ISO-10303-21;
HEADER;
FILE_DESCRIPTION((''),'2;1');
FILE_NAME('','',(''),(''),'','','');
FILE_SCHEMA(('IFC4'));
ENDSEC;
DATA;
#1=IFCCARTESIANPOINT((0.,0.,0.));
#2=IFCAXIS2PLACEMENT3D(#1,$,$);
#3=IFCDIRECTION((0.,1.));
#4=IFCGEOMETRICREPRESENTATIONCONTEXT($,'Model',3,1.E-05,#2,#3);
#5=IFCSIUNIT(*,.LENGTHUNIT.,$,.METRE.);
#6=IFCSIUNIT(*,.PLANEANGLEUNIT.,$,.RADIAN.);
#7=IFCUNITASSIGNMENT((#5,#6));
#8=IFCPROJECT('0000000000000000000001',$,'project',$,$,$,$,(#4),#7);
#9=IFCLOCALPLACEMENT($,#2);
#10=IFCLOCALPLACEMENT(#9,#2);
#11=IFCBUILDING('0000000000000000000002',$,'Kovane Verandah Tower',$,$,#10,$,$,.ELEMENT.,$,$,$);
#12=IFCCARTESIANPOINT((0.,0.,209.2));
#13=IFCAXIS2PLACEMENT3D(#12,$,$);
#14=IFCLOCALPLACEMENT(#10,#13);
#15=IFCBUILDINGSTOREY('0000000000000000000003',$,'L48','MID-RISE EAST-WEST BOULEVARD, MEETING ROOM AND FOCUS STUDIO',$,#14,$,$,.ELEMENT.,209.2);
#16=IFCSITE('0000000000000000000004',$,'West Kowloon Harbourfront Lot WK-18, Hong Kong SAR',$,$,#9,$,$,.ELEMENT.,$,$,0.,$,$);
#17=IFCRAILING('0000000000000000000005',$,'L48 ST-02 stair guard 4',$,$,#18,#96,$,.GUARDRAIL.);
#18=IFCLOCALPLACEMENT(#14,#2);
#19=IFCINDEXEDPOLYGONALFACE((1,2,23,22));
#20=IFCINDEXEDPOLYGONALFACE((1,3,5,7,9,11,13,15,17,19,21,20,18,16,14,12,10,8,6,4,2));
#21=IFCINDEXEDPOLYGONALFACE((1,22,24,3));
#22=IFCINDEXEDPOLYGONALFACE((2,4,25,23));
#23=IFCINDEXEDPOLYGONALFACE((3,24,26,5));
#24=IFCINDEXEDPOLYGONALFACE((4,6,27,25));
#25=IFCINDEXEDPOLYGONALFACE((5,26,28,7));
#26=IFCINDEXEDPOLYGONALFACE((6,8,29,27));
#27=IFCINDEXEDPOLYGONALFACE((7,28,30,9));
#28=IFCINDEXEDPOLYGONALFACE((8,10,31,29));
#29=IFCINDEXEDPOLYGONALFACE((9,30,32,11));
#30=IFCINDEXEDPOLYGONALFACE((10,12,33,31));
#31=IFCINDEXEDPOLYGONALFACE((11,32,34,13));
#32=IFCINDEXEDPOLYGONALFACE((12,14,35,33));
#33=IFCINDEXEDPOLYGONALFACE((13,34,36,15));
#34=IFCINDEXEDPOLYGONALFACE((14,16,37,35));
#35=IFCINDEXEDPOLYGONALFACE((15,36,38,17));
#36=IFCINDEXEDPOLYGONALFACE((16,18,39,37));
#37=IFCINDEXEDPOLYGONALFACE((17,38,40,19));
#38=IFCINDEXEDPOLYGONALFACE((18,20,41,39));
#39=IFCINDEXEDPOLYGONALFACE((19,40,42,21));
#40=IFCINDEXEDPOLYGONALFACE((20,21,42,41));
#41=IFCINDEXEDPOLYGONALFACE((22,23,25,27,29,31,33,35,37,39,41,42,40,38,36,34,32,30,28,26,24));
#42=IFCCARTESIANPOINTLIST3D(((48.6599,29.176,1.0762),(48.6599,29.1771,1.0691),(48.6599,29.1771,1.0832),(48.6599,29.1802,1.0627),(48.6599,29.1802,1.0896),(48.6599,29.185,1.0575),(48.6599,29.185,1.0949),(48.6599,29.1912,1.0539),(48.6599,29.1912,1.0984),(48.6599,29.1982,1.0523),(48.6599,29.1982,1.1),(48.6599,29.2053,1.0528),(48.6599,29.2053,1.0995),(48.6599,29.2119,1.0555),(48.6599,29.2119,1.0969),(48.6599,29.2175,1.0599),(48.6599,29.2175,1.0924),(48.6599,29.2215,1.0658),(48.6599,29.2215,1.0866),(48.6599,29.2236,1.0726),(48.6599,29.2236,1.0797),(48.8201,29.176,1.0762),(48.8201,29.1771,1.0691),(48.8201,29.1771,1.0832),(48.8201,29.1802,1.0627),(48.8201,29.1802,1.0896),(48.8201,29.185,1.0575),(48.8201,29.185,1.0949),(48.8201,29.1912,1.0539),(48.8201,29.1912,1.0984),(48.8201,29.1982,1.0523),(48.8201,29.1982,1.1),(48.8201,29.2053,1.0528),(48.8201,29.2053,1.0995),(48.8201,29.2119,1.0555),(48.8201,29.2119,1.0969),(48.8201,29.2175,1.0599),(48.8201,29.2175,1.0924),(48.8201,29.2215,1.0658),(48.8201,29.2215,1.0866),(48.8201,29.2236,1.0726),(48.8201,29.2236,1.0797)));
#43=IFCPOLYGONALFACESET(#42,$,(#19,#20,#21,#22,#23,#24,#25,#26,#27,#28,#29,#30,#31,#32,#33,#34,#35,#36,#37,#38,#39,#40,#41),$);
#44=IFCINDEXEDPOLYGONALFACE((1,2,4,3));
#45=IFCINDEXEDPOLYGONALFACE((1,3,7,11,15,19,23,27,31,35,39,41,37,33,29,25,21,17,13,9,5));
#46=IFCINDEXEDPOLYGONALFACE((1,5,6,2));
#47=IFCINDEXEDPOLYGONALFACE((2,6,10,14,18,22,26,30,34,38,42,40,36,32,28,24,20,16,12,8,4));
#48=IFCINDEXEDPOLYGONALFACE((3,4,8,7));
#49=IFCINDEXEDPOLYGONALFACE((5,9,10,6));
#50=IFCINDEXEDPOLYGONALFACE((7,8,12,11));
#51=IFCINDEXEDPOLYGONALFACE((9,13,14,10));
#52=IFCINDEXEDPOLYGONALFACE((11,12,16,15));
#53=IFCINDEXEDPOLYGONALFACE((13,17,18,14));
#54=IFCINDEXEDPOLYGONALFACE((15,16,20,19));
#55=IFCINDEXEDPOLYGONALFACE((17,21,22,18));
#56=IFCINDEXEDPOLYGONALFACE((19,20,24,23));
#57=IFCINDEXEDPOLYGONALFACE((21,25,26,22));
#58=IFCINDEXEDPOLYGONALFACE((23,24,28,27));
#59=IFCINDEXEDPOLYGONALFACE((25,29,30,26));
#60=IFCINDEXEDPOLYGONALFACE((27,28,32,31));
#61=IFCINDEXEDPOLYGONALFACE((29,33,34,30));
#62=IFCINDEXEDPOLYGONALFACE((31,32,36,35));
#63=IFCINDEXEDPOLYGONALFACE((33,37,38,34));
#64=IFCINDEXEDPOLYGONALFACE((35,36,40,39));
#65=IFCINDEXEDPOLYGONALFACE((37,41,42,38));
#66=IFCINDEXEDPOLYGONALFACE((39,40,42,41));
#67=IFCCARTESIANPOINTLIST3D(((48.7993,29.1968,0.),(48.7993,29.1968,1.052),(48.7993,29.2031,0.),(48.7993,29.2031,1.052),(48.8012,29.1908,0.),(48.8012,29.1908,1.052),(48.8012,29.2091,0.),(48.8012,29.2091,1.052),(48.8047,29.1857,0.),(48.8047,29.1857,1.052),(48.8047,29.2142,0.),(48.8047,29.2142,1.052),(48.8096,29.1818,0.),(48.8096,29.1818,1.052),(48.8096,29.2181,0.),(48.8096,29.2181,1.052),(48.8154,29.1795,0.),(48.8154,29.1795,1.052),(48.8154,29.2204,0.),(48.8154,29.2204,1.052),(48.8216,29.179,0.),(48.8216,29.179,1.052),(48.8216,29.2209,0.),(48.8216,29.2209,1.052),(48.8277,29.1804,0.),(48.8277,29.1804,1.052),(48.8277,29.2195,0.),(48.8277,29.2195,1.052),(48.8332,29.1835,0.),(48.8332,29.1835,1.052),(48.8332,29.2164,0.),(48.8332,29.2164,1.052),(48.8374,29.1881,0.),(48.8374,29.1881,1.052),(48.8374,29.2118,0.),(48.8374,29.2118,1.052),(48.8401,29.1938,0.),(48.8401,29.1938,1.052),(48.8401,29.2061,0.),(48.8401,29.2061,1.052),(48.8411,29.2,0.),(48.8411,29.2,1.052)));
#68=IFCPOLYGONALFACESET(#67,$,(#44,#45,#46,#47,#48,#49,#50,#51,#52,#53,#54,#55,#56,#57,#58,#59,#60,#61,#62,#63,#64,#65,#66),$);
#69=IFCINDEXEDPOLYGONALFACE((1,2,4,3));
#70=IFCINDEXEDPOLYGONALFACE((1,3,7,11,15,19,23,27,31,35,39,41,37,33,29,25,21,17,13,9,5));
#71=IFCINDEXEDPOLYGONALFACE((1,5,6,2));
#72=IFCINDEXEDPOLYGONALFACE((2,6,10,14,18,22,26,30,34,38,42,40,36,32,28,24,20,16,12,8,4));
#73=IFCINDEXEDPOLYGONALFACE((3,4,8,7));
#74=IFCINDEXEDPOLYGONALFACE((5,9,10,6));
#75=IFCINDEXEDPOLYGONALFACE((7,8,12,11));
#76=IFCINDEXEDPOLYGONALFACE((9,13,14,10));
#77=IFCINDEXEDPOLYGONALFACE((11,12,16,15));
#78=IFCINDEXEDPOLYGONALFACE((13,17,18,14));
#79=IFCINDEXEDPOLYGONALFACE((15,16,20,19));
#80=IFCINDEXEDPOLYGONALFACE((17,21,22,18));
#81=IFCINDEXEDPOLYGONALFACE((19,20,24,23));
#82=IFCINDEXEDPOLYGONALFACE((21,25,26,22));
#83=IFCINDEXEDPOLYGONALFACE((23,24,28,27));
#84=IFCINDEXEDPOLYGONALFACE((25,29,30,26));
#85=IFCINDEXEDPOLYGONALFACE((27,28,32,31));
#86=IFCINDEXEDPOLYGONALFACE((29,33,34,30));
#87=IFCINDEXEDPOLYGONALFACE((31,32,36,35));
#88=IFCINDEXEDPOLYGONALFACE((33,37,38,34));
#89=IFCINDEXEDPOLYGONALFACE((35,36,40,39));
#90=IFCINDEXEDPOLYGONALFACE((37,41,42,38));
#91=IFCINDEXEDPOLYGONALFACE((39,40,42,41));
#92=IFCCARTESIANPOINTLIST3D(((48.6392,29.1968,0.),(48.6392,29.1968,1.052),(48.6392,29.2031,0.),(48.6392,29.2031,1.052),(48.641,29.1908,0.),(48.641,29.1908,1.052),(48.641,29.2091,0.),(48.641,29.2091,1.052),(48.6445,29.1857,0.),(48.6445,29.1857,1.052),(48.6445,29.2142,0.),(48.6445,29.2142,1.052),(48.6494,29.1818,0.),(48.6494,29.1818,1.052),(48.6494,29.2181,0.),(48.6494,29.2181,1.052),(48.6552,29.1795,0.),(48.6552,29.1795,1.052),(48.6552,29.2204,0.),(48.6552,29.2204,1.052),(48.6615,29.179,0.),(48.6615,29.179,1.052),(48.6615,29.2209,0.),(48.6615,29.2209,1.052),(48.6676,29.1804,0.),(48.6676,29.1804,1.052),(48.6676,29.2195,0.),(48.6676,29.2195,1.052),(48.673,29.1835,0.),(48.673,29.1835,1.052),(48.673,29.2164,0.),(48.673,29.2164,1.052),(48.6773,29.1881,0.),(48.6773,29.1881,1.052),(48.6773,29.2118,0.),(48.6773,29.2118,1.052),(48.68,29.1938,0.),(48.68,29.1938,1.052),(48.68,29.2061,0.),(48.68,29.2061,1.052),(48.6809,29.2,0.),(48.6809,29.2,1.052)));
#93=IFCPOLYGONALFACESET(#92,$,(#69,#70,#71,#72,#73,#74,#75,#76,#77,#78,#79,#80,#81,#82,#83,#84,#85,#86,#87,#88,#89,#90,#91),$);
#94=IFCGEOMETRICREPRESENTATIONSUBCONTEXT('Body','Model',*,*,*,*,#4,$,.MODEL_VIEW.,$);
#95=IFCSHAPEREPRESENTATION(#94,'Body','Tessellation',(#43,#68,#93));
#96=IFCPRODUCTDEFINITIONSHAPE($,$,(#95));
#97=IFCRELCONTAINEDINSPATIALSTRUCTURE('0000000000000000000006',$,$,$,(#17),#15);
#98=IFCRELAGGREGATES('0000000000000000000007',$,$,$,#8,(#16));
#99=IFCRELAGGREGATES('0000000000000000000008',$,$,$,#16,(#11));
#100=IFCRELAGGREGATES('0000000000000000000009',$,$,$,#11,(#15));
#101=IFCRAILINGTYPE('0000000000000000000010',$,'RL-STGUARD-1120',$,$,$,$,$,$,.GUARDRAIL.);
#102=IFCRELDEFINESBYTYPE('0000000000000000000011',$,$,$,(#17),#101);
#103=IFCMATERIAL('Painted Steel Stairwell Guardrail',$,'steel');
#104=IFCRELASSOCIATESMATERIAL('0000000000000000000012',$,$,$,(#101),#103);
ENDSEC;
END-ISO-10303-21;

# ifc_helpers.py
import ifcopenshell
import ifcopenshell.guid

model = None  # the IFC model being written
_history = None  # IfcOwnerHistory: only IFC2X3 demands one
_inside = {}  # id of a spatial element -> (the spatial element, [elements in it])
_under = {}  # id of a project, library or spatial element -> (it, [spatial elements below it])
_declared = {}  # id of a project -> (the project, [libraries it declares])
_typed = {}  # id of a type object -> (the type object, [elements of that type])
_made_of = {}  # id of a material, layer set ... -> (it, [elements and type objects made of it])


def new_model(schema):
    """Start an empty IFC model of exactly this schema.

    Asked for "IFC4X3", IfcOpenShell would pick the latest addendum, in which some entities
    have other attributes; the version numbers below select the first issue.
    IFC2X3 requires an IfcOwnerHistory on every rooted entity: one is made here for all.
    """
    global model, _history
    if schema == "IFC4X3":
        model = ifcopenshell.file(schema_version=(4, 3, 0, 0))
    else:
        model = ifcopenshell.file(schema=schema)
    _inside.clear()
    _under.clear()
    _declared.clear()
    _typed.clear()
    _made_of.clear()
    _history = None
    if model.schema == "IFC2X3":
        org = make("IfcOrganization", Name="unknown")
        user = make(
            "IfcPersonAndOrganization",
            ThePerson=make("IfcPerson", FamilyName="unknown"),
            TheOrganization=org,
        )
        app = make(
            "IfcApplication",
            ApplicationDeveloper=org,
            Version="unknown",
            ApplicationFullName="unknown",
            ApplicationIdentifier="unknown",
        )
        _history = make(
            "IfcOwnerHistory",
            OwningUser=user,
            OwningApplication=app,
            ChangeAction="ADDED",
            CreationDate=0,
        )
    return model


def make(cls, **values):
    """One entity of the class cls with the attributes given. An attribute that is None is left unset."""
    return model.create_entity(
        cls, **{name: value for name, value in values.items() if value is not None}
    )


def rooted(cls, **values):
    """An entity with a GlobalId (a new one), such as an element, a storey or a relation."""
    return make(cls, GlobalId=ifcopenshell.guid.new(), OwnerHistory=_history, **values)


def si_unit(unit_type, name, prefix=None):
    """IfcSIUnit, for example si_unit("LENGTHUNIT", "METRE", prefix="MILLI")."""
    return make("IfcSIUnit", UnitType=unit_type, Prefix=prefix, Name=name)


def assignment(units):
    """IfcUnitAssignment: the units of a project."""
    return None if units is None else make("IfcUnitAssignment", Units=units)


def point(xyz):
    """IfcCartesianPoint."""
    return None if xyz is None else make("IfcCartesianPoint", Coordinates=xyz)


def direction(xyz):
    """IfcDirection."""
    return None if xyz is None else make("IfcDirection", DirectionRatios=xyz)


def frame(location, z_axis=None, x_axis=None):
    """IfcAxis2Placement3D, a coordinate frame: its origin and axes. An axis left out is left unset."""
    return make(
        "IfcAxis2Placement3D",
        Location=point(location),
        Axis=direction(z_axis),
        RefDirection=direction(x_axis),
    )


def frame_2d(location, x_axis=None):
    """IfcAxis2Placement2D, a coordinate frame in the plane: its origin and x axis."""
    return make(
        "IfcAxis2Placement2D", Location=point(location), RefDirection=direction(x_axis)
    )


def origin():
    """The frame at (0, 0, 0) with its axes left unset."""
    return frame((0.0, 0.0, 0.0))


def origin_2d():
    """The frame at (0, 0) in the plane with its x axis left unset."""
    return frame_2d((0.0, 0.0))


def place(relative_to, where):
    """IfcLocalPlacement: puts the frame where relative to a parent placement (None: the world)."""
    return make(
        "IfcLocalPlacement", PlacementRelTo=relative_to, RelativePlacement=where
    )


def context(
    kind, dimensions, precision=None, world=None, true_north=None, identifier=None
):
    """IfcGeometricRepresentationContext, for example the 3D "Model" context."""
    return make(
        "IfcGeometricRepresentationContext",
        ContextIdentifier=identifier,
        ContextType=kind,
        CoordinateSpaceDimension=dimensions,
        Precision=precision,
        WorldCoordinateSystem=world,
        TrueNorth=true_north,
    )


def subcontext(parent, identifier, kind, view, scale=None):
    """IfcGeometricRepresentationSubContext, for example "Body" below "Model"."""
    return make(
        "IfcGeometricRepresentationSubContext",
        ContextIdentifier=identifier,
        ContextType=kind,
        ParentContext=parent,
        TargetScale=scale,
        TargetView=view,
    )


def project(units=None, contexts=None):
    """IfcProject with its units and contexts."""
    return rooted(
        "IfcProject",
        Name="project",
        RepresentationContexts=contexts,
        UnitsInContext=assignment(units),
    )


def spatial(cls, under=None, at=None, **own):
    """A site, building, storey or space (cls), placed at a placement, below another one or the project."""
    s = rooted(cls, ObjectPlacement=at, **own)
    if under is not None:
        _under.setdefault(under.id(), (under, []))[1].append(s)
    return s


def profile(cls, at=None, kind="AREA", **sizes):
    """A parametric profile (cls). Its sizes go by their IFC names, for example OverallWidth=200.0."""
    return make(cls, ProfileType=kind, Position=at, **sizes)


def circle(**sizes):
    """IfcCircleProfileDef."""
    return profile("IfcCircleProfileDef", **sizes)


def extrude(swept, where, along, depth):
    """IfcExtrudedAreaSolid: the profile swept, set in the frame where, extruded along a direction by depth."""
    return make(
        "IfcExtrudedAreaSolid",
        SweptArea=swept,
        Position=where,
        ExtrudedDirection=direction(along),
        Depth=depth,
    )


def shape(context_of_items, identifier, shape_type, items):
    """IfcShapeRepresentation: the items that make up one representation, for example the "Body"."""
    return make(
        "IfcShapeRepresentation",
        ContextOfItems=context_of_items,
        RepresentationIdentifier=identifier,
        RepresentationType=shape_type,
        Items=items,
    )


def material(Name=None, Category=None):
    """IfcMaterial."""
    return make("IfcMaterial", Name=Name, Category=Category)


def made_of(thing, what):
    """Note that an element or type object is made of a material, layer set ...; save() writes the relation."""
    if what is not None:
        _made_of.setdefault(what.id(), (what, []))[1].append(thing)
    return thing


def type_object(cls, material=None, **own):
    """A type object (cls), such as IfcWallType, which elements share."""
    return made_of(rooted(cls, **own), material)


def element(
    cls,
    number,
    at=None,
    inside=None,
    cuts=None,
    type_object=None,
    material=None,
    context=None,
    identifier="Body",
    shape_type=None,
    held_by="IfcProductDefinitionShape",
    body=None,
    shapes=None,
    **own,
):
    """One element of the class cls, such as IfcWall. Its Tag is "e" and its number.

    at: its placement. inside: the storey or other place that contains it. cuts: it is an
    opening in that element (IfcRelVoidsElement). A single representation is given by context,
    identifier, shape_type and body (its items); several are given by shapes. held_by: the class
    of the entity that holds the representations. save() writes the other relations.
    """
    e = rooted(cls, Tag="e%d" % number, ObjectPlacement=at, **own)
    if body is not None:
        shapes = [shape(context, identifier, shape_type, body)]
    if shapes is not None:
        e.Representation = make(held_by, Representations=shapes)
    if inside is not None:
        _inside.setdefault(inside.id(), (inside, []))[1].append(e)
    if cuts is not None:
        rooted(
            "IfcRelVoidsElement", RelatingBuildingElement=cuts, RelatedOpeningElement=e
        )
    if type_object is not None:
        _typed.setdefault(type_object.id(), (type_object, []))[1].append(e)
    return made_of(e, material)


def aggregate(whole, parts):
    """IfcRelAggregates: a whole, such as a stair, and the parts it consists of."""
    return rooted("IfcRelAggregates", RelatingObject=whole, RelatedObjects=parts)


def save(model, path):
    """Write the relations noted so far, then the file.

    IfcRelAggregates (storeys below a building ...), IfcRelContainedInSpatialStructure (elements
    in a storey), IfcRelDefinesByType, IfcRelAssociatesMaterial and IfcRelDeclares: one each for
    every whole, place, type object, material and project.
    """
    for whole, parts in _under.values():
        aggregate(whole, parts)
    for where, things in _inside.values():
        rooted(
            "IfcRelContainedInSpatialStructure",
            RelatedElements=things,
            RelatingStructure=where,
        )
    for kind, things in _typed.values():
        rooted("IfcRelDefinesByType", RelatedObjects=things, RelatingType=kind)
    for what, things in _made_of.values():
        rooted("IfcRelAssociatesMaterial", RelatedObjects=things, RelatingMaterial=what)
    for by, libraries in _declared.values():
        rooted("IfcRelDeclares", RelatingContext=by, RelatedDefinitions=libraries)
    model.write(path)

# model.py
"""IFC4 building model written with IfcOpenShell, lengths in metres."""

from ifc_helpers import new_model, si_unit, direction, frame, origin, origin_2d, place, context, subcontext, project, spatial, circle, extrude, material, type_object, element, save


model = new_model("IFC4")

# Units and contexts
model_context = context("Model", 3, precision=1e-05, world=origin(), true_north=direction((0.0, 1.0)))
body_context = subcontext(model_context, "Body", "Model", "MODEL_VIEW")
ifc_project = project(units=[si_unit("LENGTHUNIT", "METRE"), si_unit("PLANEANGLEUNIT", "RADIAN")], contexts=[model_context])

# Site, building, storey
site_placement = place(None, origin())
site = spatial("IfcSite", under=ifc_project, at=site_placement, Name="West Kowloon Harbourfront Lot WK-18, Hong Kong SAR", CompositionType="ELEMENT", RefElevation=0.0)
building_placement = place(site_placement, origin())
building = spatial("IfcBuilding", under=site, at=building_placement, Name="Kovane Verandah Tower", CompositionType="ELEMENT")
storey_placement = place(building_placement, frame((0.0, 0.0, 209.2)))
storey = spatial("IfcBuildingStorey", under=building, at=storey_placement, Name="L48", Description="MID-RISE EAST-WEST BOULEVARD, MEETING ROOM AND FOCUS STUDIO", CompositionType="ELEMENT", Elevation=209.2)

# Railing
ifc_material_1 = material(Name="Painted Steel Stairwell Guardrail", Category="steel")
railing_type_1 = type_object("IfcRailingType", Name="RL-STGUARD-1120", PredefinedType="GUARDRAIL", material=ifc_material_1)
railing_1_placement = place(storey_placement, frame((48.8201, 29.2, 0.0)))
element("IfcRailing", 1, at=railing_1_placement, inside=storey, type_object=railing_type_1, Name="L48 ST-02 stair guard 4", PredefinedType="GUARDRAIL", context=body_context, shape_type="SweptSolid", body=[
    extrude(circle(Radius=0.0239, at=origin_2d()), frame((0.0, 0.0, 1.0762), z_axis=(-1.0, 0.0, 0.0), x_axis=(0.0, -1.0, 0.0)), (0.0, 0.0, 1.0), 0.1602),
    extrude(circle(Radius=0.021, at=origin_2d()), origin(), (0.0, 0.0, 1.0), 1.052),
    extrude(circle(Radius=0.021, at=origin_2d()), frame((-0.1602, 0.0, 0.0)), (0.0, 0.0, 1.0), 1.052),
])

save(model, "model.ifc")
